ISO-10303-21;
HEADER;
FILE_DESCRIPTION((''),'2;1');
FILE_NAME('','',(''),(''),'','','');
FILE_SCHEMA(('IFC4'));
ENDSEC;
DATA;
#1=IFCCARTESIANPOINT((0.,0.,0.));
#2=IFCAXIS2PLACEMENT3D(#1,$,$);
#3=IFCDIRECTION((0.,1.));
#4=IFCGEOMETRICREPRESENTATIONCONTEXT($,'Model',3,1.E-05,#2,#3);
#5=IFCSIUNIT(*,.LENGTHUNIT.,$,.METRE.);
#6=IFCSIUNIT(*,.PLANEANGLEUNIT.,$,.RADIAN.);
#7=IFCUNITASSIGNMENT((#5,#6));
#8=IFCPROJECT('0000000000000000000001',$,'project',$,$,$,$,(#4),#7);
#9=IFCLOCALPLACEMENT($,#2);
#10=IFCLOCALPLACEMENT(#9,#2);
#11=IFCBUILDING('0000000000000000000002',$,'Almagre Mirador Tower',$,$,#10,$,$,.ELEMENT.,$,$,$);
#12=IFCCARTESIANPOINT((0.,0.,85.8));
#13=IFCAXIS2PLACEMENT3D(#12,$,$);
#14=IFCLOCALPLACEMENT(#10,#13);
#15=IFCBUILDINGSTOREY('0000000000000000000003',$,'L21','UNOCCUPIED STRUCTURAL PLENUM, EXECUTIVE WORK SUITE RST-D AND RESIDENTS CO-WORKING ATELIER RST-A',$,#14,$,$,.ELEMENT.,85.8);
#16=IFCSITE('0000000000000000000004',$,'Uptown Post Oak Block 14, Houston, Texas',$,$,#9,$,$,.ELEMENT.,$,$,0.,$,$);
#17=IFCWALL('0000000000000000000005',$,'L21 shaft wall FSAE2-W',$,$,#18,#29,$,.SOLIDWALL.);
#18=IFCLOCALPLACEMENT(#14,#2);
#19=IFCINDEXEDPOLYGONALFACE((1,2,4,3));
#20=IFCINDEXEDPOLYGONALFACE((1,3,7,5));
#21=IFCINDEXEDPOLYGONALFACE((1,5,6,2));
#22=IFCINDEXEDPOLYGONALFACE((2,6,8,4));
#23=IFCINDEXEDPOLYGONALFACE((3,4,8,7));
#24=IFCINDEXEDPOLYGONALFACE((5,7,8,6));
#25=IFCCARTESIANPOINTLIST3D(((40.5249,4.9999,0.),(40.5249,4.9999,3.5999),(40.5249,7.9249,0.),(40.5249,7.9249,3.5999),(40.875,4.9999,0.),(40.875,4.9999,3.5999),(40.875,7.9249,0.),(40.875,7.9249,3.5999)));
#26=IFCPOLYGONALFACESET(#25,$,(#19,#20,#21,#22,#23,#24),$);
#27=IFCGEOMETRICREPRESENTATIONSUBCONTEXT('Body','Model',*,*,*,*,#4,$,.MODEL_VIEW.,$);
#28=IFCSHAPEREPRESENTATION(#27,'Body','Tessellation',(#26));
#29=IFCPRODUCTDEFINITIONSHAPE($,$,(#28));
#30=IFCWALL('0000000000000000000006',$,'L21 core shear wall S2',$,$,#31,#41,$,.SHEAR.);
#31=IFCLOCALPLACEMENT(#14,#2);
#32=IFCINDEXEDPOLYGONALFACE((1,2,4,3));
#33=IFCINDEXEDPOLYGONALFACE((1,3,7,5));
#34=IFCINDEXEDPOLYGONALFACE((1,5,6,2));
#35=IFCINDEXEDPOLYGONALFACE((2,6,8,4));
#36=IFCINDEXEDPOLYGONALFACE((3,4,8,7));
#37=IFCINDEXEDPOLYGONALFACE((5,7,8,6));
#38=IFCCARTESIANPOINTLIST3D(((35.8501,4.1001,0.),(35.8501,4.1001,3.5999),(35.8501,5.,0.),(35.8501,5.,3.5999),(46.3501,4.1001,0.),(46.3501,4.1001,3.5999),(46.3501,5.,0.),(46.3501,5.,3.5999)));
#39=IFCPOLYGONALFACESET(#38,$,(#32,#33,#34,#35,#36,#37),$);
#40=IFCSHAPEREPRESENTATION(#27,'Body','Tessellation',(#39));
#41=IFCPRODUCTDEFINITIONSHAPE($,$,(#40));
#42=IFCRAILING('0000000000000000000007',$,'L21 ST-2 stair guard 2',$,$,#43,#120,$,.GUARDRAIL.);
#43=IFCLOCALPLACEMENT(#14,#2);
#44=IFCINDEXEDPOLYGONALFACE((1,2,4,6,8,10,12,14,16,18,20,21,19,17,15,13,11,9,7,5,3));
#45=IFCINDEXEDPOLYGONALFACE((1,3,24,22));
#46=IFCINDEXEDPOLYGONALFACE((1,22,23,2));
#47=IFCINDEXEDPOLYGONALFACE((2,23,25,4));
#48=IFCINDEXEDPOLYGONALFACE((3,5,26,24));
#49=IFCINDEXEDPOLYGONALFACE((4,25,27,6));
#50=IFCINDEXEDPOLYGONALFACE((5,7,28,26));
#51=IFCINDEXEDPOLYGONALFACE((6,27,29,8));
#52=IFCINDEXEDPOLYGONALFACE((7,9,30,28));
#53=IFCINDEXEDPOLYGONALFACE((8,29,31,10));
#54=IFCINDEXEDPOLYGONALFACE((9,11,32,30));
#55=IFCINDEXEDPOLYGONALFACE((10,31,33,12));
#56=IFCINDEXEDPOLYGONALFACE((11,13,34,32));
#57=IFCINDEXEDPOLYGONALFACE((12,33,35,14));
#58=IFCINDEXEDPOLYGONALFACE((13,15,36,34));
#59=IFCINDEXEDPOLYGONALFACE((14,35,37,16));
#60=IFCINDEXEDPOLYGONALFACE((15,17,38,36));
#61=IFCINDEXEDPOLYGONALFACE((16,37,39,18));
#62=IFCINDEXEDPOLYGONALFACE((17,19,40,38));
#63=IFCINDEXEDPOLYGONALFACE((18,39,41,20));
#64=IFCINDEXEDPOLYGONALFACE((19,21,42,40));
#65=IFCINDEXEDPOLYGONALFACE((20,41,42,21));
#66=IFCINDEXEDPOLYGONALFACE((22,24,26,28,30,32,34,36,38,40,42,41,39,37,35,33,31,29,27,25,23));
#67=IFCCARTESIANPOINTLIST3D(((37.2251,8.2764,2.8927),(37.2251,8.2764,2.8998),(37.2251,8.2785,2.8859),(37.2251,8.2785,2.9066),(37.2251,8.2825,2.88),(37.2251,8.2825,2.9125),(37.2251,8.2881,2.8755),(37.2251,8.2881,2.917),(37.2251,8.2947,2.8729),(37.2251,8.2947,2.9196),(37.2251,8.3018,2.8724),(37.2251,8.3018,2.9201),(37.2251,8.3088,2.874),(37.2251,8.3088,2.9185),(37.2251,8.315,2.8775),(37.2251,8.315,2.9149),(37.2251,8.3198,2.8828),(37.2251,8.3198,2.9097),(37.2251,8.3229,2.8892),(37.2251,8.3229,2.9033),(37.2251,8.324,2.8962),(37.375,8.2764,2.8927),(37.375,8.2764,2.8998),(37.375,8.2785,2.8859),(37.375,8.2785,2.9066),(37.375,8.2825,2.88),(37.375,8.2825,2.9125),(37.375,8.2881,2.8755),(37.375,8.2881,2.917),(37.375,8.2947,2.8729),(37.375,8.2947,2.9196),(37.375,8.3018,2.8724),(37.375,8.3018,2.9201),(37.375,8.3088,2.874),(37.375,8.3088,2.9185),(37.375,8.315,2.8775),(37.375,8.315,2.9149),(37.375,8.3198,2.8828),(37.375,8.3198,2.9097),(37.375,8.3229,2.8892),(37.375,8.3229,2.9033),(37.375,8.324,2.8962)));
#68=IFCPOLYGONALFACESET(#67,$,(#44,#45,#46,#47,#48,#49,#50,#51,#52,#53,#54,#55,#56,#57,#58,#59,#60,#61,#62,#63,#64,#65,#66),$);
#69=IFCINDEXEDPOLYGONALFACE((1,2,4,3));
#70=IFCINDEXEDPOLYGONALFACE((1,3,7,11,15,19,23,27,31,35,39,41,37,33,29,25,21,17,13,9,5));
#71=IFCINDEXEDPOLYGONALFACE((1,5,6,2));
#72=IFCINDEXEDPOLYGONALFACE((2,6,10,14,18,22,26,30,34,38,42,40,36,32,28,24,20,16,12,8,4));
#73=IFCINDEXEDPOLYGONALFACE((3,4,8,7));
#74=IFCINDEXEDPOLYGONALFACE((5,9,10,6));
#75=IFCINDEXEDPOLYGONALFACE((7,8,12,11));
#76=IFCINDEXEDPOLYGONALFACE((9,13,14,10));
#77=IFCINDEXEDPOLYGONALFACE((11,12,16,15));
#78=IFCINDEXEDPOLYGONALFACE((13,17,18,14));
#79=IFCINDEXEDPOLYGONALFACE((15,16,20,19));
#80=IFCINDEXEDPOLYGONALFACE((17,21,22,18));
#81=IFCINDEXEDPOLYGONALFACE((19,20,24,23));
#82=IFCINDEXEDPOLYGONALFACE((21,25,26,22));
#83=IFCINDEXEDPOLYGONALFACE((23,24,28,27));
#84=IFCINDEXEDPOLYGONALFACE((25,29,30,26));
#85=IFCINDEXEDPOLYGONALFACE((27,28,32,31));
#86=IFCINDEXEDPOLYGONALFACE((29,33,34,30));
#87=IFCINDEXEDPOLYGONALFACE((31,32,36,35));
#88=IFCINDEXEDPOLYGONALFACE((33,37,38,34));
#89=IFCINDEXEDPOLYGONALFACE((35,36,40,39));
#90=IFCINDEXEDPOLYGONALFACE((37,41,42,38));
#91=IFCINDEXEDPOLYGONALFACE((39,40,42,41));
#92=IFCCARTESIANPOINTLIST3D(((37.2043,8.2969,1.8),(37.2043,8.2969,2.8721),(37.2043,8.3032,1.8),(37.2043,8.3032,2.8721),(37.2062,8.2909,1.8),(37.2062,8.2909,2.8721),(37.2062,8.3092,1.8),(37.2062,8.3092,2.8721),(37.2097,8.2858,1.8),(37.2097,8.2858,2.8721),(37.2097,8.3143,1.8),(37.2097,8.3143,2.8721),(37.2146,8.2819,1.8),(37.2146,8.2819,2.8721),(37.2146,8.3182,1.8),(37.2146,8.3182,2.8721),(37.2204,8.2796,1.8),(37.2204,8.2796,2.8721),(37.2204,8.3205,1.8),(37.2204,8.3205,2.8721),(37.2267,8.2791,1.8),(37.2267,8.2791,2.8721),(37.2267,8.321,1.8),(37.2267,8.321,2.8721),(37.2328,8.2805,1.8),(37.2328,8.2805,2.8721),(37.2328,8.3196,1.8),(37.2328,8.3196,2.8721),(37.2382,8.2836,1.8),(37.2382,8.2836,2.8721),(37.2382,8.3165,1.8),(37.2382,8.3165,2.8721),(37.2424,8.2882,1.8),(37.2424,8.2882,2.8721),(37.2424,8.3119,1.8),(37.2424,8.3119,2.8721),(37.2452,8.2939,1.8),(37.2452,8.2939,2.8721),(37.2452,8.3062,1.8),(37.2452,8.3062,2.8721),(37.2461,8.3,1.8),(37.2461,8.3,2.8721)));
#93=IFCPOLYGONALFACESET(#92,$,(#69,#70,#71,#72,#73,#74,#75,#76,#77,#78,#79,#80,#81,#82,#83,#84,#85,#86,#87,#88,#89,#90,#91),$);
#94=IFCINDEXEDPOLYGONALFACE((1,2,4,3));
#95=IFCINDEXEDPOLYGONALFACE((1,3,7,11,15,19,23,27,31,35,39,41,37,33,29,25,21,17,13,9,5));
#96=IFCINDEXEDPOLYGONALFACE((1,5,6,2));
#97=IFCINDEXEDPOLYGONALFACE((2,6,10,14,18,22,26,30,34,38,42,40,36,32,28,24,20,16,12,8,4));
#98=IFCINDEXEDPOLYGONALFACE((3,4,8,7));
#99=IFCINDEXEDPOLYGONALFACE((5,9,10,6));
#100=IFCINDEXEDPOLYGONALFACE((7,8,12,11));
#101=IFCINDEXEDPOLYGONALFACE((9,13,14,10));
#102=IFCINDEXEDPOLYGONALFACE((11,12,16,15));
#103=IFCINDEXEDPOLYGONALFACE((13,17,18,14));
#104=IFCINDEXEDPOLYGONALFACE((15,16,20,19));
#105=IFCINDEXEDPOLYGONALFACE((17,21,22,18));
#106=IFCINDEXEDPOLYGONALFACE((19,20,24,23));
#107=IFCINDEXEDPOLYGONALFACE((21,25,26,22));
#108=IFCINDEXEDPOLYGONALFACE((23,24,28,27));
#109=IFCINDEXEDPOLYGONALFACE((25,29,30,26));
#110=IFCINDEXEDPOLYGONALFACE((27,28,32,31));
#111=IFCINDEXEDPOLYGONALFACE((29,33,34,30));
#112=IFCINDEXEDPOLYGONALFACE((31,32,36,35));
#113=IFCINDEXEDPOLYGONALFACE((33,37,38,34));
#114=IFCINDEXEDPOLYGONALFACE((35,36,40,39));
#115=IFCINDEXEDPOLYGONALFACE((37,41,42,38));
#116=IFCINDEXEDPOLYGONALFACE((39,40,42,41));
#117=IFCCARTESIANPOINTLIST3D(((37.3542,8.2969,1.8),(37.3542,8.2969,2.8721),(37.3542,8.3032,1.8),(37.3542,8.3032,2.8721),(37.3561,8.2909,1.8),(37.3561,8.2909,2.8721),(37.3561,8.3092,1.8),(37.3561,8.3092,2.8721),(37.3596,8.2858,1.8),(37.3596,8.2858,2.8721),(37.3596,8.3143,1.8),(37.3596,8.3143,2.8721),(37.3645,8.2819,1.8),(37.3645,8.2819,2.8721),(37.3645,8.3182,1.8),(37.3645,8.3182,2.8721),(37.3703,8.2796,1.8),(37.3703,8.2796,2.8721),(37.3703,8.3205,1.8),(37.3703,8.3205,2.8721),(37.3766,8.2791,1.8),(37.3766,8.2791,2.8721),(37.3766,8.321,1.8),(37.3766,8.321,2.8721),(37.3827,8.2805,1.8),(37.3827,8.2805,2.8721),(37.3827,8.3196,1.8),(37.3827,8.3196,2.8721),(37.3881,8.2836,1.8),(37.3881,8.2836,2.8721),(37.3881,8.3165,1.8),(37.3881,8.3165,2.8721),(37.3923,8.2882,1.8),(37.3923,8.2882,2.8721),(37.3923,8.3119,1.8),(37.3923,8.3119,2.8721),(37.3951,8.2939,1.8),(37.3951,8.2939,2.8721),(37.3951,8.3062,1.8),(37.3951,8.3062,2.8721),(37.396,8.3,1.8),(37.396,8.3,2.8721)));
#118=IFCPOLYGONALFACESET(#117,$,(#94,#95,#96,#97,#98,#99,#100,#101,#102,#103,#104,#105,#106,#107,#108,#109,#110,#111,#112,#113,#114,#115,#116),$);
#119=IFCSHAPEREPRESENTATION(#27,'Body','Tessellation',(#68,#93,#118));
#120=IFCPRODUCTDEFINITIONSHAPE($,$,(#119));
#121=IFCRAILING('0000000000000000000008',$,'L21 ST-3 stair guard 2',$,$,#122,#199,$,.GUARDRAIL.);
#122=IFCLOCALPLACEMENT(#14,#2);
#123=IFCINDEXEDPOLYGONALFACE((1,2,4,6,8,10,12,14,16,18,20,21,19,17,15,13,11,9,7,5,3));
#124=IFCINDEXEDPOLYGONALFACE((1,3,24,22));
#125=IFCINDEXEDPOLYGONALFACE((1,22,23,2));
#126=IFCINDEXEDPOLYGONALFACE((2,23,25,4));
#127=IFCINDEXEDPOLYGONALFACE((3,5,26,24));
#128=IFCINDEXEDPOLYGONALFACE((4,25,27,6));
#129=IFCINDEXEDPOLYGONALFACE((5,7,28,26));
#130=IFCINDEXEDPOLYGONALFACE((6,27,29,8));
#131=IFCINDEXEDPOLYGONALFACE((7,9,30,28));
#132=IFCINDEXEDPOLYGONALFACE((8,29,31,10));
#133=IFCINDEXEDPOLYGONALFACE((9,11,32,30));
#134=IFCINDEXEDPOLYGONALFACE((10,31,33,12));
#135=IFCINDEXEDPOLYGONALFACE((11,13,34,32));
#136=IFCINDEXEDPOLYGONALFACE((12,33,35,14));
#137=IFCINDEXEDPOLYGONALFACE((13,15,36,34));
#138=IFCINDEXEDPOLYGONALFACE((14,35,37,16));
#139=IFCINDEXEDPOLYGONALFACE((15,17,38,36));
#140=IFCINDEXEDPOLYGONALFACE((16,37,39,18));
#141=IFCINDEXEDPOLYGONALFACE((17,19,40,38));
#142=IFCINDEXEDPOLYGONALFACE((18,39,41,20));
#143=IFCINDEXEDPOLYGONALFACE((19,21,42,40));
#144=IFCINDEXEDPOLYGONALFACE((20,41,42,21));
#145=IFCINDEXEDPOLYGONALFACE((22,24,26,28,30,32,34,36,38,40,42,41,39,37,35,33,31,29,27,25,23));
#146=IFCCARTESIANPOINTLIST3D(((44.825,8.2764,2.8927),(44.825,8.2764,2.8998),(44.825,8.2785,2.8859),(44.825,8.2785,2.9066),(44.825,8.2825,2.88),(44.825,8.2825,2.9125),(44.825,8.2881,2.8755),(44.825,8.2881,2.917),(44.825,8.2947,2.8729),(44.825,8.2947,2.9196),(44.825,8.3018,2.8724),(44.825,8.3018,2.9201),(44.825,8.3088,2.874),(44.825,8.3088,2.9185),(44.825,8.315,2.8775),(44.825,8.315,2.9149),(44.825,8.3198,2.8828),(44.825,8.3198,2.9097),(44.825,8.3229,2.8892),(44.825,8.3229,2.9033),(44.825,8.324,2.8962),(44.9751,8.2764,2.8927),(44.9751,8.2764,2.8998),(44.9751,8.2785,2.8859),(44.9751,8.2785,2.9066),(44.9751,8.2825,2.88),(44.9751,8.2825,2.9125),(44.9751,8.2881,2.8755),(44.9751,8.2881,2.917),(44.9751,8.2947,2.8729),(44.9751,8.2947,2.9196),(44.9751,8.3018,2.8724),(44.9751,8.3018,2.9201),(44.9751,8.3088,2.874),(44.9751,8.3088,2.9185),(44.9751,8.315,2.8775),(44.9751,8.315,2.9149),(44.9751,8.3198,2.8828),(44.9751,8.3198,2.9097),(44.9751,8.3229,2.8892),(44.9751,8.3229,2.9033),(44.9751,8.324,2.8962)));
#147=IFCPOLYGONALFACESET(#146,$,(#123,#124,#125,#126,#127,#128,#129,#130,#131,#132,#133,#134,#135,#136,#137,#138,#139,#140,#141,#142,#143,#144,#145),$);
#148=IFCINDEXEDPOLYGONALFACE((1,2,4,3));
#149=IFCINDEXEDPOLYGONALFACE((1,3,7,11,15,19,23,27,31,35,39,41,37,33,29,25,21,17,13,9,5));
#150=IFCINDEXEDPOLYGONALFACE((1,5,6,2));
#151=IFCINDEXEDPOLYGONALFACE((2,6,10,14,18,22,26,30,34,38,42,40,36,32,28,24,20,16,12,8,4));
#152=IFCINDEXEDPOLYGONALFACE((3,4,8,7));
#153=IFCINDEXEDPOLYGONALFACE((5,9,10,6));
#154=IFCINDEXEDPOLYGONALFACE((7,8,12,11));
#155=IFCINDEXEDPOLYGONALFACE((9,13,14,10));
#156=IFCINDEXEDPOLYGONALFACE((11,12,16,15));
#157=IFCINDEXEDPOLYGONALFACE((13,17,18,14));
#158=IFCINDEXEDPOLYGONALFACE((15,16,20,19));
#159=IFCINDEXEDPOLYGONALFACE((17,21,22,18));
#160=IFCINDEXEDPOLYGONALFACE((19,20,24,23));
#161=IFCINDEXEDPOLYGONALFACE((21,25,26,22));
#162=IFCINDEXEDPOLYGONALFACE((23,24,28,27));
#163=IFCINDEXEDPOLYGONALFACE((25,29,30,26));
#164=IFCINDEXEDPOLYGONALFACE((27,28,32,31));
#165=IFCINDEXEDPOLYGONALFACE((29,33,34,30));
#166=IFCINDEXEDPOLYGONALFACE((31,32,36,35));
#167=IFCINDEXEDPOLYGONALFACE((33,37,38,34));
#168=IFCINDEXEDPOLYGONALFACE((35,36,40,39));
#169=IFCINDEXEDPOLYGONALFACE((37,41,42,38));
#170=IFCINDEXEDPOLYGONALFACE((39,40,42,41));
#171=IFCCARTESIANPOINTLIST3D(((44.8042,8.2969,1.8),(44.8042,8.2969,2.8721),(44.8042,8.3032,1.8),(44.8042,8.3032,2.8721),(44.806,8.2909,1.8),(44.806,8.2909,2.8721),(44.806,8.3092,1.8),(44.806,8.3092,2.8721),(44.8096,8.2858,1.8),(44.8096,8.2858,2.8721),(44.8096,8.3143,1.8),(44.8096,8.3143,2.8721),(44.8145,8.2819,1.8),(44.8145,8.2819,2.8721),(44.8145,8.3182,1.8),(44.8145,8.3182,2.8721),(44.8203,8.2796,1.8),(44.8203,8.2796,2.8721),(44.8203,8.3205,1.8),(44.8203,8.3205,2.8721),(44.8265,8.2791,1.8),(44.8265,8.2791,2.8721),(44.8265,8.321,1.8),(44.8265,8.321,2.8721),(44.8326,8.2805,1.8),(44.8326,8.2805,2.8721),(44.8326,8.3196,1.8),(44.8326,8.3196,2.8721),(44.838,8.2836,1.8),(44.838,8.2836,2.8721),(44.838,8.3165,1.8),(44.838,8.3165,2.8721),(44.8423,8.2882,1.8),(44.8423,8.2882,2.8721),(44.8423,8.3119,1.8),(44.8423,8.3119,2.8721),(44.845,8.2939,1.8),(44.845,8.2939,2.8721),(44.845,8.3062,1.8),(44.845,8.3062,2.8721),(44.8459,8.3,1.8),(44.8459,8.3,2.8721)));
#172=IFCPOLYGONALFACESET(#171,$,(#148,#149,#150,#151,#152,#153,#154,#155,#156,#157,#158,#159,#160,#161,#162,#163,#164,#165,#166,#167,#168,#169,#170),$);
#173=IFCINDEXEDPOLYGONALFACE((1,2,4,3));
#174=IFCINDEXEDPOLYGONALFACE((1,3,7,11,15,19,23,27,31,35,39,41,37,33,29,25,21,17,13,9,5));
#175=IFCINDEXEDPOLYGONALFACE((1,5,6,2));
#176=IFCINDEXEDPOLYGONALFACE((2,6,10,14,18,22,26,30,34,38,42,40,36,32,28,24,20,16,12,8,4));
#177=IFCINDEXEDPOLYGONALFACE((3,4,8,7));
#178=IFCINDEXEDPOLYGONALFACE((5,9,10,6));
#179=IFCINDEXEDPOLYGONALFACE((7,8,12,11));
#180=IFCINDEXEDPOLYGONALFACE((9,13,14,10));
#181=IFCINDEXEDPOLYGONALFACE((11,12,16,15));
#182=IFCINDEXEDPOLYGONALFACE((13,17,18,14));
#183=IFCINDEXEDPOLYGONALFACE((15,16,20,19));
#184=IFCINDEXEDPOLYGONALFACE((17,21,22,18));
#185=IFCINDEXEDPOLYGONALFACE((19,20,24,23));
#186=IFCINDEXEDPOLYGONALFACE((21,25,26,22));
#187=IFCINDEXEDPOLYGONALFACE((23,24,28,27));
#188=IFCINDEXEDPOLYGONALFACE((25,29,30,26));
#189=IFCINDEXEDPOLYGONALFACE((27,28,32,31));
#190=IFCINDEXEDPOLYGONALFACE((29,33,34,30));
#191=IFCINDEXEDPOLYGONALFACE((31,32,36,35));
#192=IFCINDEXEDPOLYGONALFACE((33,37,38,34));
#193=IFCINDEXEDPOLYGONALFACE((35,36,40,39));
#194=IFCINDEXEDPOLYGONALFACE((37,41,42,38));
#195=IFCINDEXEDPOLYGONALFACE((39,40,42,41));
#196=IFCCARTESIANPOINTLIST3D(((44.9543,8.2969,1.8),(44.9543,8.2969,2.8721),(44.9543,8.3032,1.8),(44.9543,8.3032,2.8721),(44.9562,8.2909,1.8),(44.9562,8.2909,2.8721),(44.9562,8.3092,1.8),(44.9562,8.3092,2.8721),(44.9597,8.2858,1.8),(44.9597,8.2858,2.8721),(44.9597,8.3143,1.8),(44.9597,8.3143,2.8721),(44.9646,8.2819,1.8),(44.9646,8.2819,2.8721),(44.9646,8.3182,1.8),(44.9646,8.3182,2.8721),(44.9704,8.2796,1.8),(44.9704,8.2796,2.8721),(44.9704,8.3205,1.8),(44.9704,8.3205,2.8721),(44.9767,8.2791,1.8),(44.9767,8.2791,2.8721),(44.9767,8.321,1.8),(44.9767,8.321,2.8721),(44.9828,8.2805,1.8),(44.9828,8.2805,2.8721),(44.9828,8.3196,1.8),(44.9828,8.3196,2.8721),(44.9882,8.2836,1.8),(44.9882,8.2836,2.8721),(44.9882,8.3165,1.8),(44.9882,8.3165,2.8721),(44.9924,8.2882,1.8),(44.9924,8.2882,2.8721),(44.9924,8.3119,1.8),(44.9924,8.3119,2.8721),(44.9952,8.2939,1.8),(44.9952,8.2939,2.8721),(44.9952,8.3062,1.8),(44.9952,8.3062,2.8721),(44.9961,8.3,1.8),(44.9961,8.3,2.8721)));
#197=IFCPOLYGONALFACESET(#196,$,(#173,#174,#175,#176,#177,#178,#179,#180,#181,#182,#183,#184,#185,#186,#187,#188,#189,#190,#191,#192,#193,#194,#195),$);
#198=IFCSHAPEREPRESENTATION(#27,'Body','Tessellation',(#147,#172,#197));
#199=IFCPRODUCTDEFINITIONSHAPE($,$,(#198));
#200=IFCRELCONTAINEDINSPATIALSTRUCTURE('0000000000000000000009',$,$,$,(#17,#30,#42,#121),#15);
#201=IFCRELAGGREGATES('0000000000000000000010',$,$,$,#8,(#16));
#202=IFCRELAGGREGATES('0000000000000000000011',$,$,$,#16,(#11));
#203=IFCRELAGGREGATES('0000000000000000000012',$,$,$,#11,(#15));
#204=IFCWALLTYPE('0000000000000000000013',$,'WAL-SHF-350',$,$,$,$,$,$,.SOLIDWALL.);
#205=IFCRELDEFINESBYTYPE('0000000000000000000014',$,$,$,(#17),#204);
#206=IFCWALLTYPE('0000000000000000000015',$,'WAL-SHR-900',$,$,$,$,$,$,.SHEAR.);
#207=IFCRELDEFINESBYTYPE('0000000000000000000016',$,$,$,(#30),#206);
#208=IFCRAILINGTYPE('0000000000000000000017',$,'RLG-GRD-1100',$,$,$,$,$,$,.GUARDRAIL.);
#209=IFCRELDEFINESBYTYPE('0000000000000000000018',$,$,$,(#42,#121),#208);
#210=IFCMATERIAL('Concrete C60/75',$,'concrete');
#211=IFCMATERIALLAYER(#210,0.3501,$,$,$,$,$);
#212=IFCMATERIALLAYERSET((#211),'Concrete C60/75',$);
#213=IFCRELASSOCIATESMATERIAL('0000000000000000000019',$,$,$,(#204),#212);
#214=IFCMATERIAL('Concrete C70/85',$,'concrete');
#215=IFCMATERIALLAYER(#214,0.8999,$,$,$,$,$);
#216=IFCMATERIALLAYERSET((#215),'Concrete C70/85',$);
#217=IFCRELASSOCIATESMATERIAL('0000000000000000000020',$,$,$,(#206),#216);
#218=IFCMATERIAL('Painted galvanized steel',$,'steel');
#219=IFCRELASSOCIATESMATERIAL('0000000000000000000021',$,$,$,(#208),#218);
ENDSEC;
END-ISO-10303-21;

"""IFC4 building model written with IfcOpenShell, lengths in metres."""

from ifc_helpers import new_model, si_unit, direction, frame, frame_2d, origin, origin_2d, place, context, subcontext, project, spatial, rectangle, circle, extrude, material, layer, layer_set, type_object, element, save


model = new_model("IFC4")

# Units and contexts
model_context = context("Model", 3, precision=1e-05, world=origin(), true_north=direction((0.0, 1.0)))
body_context = subcontext(model_context, "Body", "Model", "MODEL_VIEW")
ifc_project = project(units=[si_unit("LENGTHUNIT", "METRE"), si_unit("PLANEANGLEUNIT", "RADIAN")], contexts=[model_context])

# Site, building, storey
site_placement = place(None, origin())
site = spatial("IfcSite", under=ifc_project, at=site_placement, Name="Uptown Post Oak Block 14, Houston, Texas", CompositionType="ELEMENT", RefElevation=0.0)
building_placement = place(site_placement, origin())
building = spatial("IfcBuilding", under=site, at=building_placement, Name="Almagre Mirador Tower", CompositionType="ELEMENT")
storey_placement = place(building_placement, frame((0.0, 0.0, 85.8)))
storey = spatial("IfcBuildingStorey", under=building, at=storey_placement, Name="L21", Description="UNOCCUPIED STRUCTURAL PLENUM, EXECUTIVE WORK SUITE RST-D AND RESIDENTS CO-WORKING ATELIER RST-A", CompositionType="ELEMENT", Elevation=85.8)

# Shared definitions
ifc_material_1 = material(Name="Concrete C60/75", Category="concrete")
ifc_layer_1 = layer(ifc_material_1, 0.3501)
ifc_layer_set_1 = layer_set([ifc_layer_1], Name="Concrete C60/75")
wall_type_1 = type_object("IfcWallType", Name="WAL-SHF-350", PredefinedType="SOLIDWALL", material=ifc_layer_set_1)

# Walls
wall_1_placement = place(storey_placement, frame((40.7, 5.0, 0.0), z_axis=(0.0, 0.0, 1.0), x_axis=(0.0, 1.0, 0.0)))
element("IfcWall", 1, at=wall_1_placement, inside=storey, type_object=wall_type_1, Name="L21 shaft wall FSAE2-W", PredefinedType="SOLIDWALL", context=body_context, shape_type="SweptSolid", body=[
    extrude(rectangle(XDim=2.925, YDim=0.3501, at=frame_2d((1.4624, 0.0))), origin(), (0.0, 0.0, 1.0), 3.5999),
])
ifc_material_2 = material(Name="Concrete C70/85", Category="concrete")
ifc_layer_2 = layer(ifc_material_2, 0.8999)
ifc_layer_set_2 = layer_set([ifc_layer_2], Name="Concrete C70/85")
wall_type_2 = type_object("IfcWallType", Name="WAL-SHR-900", PredefinedType="SHEAR", material=ifc_layer_set_2)
wall_2_placement = place(storey_placement, frame((35.8501, 4.55, 0.0), z_axis=(0.0, 0.0, 1.0), x_axis=(1.0, 0.0, 0.0)))
element("IfcWall", 2, at=wall_2_placement, inside=storey, type_object=wall_type_2, Name="L21 core shear wall S2", PredefinedType="SHEAR", context=body_context, shape_type="SweptSolid", body=[
    extrude(rectangle(XDim=10.5, YDim=0.8999, at=frame_2d((5.25, 0.0))), origin(), (0.0, 0.0, 1.0), 3.5999),
])

# Railings
ifc_material_3 = material(Name="Painted galvanized steel", Category="steel")
railing_type = type_object("IfcRailingType", Name="RLG-GRD-1100", PredefinedType="GUARDRAIL", material=ifc_material_3)
railing_1_placement = place(storey_placement, frame((37.2251, 8.3, 1.8)))
element("IfcRailing", 3, at=railing_1_placement, inside=storey, type_object=railing_type, Name="L21 ST-2 stair guard 2", PredefinedType="GUARDRAIL", context=body_context, shape_type="SweptSolid", body=[
    extrude(circle(Radius=0.0239, at=origin_2d()), frame((0.0, 0.0, 1.0962), z_axis=(1.0, 0.0, 0.0), x_axis=(0.0, 1.0, 0.0)), (0.0, 0.0, 1.0), 0.1499),
    extrude(circle(Radius=0.021, at=origin_2d()), origin(), (0.0, 0.0, 1.0), 1.072),
    extrude(circle(Radius=0.021, at=origin_2d()), frame((0.1499, 0.0, 0.0)), (0.0, 0.0, 1.0), 1.072),
])
railing_2_placement = place(storey_placement, frame((44.825, 8.3, 1.8)))
element("IfcRailing", 4, at=railing_2_placement, inside=storey, type_object=railing_type, Name="L21 ST-3 stair guard 2", PredefinedType="GUARDRAIL", context=body_context, shape_type="SweptSolid", body=[
    extrude(circle(Radius=0.0239, at=origin_2d()), frame((0.0, 0.0, 1.0962), z_axis=(1.0, 0.0, 0.0), x_axis=(0.0, 1.0, 0.0)), (0.0, 0.0, 1.0), 0.1501),
    extrude(circle(Radius=0.021, at=origin_2d()), origin(), (0.0, 0.0, 1.0), 1.072),
    extrude(circle(Radius=0.021, at=origin_2d()), frame((0.1501, 0.0, 0.0)), (0.0, 0.0, 1.0), 1.072),
])

save(model, "model.ifc")
